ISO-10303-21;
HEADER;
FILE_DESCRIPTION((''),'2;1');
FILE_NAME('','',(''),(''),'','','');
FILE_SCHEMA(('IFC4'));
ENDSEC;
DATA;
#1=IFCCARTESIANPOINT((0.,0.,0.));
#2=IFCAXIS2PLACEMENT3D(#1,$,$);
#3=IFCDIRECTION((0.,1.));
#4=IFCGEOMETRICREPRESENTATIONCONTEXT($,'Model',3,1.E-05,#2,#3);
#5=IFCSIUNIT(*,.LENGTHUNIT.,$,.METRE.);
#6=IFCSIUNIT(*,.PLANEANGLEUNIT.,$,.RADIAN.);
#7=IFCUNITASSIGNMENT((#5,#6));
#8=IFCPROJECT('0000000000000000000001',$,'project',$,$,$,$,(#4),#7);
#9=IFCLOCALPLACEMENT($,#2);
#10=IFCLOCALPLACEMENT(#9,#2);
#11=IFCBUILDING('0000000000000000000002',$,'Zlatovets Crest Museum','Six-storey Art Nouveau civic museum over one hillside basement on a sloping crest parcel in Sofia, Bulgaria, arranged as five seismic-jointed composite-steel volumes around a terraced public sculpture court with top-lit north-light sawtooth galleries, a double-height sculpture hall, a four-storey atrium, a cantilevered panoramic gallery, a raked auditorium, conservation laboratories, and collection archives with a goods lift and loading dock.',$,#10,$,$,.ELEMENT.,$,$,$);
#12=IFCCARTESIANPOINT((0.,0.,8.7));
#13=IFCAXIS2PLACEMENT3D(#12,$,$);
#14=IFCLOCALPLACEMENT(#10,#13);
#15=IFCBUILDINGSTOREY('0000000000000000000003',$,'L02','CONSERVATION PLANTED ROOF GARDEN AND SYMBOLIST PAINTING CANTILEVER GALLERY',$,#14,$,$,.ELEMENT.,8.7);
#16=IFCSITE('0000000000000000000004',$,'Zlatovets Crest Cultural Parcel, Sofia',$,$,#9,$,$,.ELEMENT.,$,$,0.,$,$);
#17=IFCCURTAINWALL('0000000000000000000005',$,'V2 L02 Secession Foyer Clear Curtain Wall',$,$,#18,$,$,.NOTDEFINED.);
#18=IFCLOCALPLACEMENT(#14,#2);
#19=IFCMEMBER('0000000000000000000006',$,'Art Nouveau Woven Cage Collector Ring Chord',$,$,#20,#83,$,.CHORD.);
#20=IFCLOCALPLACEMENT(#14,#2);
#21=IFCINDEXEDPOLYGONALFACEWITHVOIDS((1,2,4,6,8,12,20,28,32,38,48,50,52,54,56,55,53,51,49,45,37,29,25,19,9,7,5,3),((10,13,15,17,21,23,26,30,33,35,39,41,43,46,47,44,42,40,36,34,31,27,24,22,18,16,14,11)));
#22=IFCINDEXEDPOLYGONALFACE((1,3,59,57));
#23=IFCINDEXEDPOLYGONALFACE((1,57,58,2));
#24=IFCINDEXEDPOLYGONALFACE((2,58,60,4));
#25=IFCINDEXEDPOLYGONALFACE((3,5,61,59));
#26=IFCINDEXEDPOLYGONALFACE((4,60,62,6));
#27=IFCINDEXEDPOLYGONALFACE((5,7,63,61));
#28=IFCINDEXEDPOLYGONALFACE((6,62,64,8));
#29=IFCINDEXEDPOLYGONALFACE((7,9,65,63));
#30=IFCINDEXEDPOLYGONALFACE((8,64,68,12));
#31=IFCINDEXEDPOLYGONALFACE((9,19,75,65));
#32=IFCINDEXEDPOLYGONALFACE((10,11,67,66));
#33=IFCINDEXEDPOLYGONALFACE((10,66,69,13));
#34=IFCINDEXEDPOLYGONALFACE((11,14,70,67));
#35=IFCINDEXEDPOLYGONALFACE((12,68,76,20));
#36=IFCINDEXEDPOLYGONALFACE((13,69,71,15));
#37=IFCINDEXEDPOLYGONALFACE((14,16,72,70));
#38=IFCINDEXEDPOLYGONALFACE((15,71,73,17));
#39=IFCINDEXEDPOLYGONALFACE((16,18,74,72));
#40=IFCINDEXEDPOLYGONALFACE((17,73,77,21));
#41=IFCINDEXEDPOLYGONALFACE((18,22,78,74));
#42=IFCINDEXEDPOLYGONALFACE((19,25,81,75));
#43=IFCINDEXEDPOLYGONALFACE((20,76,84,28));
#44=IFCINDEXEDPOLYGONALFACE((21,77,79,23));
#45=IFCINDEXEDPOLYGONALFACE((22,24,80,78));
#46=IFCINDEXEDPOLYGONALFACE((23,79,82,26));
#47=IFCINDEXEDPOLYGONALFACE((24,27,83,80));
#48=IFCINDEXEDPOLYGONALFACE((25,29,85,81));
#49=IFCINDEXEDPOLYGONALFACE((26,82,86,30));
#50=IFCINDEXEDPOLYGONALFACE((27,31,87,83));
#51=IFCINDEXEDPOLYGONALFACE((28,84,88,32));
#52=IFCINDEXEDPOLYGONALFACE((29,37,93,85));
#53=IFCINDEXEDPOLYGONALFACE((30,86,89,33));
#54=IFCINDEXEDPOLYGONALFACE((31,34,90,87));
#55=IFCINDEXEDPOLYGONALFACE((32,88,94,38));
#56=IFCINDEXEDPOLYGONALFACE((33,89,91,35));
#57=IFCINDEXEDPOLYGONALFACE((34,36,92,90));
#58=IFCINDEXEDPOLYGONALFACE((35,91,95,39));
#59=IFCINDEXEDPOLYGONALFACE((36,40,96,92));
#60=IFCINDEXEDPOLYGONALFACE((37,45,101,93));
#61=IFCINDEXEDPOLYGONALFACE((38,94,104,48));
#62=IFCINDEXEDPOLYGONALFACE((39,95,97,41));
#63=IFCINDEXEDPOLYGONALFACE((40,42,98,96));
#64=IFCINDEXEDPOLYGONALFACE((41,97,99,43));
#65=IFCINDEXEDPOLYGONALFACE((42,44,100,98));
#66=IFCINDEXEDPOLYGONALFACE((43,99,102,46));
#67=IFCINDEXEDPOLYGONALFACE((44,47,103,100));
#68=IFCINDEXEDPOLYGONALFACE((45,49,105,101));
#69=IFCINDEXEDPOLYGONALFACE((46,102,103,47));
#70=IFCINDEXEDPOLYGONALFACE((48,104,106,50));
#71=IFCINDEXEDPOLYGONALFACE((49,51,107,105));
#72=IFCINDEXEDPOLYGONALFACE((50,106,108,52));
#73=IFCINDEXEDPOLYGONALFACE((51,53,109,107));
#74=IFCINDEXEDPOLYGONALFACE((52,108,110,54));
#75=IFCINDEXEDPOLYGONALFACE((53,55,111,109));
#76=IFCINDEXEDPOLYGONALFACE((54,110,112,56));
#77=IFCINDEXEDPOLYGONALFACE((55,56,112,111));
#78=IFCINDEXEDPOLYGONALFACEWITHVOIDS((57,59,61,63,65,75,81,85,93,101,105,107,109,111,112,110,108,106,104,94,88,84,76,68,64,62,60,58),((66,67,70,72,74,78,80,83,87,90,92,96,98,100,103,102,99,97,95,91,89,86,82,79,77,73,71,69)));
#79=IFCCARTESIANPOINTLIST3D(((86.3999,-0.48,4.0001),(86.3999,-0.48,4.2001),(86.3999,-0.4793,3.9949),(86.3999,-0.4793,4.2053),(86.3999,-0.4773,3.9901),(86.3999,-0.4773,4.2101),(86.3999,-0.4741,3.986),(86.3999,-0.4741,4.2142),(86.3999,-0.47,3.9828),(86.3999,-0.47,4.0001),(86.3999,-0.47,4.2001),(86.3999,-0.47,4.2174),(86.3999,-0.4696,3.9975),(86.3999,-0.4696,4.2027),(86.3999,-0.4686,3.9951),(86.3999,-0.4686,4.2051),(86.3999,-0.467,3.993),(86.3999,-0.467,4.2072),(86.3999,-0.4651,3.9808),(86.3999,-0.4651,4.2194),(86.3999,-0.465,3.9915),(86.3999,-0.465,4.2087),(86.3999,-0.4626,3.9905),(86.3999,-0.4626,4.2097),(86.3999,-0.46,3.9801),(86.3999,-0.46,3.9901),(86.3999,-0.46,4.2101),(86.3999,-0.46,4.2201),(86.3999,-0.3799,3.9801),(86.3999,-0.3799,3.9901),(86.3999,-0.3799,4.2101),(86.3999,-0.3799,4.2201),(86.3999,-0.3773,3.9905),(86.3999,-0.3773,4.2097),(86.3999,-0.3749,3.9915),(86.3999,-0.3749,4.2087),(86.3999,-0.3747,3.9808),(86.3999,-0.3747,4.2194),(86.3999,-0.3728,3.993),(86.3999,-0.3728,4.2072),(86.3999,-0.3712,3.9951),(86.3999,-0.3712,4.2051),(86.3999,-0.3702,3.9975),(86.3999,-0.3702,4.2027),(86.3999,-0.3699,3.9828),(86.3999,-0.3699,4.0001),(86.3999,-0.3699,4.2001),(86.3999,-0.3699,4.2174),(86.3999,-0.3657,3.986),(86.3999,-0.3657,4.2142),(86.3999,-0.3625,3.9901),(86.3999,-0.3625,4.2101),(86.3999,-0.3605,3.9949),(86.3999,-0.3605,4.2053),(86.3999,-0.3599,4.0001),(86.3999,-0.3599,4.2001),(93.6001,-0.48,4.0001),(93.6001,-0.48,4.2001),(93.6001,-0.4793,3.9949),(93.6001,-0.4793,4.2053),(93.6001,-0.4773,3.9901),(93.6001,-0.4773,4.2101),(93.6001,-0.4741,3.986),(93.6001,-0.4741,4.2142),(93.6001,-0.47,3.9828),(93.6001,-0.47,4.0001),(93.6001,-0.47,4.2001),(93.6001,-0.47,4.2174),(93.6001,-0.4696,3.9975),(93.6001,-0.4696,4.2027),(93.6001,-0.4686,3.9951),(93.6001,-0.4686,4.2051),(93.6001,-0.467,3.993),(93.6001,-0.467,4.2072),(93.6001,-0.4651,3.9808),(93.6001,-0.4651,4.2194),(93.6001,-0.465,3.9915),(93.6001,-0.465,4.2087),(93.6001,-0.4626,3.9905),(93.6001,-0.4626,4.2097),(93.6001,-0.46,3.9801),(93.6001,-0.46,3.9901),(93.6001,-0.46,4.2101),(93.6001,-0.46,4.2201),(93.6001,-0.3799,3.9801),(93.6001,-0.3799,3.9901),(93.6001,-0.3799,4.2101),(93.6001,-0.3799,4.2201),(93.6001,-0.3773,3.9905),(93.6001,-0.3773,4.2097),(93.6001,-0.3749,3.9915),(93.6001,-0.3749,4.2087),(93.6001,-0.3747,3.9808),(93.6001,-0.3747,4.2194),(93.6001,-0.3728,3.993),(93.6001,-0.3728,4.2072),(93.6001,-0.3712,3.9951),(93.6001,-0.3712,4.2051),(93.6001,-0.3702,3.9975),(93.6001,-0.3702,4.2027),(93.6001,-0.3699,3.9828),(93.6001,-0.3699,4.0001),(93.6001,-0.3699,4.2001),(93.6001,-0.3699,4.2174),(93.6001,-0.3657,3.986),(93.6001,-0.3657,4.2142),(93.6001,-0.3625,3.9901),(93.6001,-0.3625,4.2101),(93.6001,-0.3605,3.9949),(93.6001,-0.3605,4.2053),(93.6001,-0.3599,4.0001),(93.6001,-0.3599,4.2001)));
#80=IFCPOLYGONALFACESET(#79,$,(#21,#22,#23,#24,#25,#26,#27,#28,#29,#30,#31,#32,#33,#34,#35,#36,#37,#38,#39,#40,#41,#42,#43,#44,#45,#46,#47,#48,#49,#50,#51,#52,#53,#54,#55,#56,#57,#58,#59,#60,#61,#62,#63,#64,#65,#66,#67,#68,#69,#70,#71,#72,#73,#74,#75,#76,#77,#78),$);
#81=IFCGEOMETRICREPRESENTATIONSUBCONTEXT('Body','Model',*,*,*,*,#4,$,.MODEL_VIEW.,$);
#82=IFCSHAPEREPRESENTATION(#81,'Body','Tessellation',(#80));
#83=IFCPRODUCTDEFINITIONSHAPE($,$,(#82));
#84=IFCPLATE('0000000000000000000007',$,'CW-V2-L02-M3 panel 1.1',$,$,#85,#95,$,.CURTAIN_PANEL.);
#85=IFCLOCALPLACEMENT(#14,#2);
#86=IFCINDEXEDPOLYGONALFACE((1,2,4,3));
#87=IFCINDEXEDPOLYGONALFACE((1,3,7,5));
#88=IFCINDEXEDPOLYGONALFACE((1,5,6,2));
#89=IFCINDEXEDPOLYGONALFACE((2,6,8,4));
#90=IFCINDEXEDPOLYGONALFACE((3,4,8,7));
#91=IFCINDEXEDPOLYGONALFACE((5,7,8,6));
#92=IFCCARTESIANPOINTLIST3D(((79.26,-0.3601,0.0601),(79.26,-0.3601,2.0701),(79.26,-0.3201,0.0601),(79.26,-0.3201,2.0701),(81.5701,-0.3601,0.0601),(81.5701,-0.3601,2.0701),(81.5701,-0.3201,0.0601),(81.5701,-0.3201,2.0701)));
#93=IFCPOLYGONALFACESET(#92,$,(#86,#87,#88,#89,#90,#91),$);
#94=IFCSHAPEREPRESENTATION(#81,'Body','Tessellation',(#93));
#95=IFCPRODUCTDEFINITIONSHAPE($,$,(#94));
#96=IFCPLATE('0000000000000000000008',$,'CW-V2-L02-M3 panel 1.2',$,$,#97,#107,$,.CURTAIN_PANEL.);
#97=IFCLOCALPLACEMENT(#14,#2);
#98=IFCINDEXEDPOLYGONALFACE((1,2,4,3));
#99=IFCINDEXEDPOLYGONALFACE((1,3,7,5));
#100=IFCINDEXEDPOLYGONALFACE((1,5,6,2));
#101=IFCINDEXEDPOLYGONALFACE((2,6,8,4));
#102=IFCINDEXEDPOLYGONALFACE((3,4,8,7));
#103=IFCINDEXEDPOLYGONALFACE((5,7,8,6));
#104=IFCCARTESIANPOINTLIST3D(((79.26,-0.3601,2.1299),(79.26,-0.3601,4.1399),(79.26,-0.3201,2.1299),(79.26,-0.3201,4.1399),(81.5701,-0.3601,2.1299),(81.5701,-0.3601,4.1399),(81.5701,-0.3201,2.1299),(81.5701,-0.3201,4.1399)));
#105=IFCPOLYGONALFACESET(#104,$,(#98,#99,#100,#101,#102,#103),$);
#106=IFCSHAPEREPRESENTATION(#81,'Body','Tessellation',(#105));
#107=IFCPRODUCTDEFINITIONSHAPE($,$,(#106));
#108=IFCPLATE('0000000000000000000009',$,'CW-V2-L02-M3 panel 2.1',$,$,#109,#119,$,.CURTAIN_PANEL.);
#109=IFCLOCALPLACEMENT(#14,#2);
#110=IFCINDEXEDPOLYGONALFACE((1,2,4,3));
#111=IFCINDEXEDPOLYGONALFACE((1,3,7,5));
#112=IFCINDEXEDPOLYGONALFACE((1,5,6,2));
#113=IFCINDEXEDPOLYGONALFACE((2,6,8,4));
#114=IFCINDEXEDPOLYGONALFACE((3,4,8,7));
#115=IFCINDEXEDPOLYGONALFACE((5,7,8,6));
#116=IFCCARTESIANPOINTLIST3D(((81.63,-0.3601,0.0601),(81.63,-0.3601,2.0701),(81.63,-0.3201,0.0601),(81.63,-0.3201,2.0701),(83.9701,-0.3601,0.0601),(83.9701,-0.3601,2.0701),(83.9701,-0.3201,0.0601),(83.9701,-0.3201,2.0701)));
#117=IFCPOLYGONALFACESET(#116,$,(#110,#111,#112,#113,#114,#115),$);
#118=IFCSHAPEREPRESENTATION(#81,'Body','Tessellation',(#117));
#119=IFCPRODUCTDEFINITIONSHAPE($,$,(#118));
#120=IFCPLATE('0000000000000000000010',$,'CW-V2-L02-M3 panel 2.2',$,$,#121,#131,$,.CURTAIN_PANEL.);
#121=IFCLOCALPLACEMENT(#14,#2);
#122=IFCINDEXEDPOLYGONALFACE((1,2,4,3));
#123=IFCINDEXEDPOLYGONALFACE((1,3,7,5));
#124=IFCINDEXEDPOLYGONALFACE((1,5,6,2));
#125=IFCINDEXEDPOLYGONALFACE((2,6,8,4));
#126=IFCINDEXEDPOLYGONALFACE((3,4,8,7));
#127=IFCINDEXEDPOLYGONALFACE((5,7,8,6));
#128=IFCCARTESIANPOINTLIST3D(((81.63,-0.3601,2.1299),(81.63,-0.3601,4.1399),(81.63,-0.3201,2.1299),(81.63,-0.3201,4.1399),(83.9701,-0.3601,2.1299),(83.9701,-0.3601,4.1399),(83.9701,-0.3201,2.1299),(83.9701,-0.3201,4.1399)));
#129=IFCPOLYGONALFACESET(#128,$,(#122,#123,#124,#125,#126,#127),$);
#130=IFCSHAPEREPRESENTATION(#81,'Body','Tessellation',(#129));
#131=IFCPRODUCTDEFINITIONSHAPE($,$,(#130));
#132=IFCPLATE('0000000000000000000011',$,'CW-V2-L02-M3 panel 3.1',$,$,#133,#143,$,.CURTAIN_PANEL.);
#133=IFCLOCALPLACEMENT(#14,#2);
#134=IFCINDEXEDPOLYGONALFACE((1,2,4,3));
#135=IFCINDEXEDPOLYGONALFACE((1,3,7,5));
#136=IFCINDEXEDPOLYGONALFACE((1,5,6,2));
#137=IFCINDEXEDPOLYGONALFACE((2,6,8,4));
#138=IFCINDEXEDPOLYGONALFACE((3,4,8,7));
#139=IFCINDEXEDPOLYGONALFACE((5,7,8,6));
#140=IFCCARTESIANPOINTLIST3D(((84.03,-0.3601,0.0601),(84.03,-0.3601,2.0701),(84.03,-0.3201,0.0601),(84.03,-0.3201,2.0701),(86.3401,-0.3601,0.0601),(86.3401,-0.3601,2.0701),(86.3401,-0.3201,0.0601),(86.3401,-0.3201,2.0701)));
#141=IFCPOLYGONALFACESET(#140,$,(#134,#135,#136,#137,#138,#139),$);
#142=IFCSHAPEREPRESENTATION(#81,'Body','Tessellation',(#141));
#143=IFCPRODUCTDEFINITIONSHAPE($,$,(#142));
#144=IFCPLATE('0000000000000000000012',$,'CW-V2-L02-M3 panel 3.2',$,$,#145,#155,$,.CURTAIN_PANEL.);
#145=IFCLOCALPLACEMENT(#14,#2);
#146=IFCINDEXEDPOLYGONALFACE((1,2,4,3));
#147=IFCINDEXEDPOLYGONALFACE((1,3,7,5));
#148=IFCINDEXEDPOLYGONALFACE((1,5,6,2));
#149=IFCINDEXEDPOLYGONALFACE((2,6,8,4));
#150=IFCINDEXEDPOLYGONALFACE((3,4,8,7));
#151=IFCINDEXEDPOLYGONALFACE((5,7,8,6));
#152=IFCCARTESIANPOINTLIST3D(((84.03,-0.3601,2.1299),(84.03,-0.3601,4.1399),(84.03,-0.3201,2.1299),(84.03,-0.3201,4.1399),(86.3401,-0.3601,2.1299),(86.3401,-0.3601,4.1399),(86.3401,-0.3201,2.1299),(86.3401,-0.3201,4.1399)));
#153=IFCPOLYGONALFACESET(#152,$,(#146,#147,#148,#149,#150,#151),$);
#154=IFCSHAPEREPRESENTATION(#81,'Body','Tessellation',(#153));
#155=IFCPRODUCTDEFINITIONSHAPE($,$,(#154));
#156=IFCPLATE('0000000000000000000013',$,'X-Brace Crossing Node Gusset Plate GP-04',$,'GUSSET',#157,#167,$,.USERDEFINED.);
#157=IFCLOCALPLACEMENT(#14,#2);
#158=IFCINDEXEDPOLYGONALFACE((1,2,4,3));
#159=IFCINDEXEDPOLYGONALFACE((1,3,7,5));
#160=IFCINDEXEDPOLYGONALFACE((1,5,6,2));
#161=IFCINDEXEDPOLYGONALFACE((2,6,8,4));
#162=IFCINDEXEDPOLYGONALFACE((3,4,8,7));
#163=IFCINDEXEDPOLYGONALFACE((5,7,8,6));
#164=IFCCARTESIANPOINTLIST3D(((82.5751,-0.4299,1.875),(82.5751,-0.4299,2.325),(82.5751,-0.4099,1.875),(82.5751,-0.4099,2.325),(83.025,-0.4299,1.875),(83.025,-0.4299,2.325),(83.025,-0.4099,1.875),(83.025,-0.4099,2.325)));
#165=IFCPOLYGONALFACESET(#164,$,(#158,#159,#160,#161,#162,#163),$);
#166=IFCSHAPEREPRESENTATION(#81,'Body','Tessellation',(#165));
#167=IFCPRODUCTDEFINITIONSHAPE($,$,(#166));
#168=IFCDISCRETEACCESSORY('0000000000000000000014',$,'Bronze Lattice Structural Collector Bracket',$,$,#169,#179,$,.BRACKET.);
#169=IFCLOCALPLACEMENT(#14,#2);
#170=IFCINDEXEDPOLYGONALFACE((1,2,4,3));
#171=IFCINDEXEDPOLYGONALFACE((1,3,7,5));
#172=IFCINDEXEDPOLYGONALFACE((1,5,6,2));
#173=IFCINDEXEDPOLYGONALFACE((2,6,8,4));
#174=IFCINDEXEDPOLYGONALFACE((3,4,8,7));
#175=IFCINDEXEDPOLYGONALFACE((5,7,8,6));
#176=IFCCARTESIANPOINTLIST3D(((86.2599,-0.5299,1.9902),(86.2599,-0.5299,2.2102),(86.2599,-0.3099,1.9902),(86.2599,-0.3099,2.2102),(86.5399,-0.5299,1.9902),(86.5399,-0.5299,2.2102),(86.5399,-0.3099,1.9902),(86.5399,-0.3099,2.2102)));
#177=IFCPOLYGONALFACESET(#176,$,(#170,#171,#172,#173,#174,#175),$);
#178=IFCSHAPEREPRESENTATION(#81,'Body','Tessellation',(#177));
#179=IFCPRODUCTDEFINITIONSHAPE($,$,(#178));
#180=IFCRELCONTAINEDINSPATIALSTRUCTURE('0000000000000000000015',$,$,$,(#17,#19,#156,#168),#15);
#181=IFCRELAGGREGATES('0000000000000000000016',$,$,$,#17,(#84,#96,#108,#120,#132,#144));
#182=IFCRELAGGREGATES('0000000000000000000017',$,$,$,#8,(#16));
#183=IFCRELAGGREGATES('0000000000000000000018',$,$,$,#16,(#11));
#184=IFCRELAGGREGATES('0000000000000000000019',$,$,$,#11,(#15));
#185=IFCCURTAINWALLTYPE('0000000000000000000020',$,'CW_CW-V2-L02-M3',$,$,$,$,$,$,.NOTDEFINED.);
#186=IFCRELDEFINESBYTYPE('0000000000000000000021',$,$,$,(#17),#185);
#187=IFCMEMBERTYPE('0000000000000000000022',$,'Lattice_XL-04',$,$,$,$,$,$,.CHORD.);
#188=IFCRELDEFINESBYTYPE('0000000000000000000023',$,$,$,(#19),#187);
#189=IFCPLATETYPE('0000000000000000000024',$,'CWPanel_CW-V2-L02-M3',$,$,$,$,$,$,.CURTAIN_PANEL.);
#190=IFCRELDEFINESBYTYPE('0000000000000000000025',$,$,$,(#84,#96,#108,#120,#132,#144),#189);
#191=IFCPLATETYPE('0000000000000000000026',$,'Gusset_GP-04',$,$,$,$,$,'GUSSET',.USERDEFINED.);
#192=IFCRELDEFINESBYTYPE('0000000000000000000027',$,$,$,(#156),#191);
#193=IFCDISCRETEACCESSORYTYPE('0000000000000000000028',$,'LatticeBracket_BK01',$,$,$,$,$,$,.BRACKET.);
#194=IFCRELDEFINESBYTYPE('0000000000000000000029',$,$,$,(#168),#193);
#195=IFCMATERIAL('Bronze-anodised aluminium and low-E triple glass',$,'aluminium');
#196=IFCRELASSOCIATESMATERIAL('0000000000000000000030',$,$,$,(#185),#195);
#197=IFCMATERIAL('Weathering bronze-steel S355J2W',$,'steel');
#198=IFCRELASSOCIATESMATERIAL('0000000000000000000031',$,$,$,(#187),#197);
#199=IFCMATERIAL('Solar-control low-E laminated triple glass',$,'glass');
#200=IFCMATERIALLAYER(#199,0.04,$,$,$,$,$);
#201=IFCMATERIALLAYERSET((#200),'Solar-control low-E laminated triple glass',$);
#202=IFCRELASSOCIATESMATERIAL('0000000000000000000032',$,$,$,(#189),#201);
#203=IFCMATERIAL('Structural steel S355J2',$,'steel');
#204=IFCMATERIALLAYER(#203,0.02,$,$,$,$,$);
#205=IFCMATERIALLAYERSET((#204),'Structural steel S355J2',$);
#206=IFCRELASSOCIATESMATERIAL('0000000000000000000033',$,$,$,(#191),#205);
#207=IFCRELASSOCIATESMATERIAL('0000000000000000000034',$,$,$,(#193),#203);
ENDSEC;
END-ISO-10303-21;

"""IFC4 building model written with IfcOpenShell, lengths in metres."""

from ifc_helpers import new_model, si_unit, direction, frame, origin, origin_2d, place, context, subcontext, project, spatial, rectangle, hollow_rectangle, extrude, material, layer, layer_set, material_profile, profile_set, type_object, element, aggregate, save


model = new_model("IFC4")

# Units and contexts
model_context = context("Model", 3, precision=1e-05, world=origin(), true_north=direction((0.0, 1.0)))
body_context = subcontext(model_context, "Body", "Model", "MODEL_VIEW")
ifc_project = project(units=[si_unit("LENGTHUNIT", "METRE"), si_unit("PLANEANGLEUNIT", "RADIAN")], contexts=[model_context])

# Site, building, storey
site_placement = place(None, origin())
site = spatial("IfcSite", under=ifc_project, at=site_placement, Name="Zlatovets Crest Cultural Parcel, Sofia", CompositionType="ELEMENT", RefElevation=0.0)
building_placement = place(site_placement, origin())
building = spatial("IfcBuilding", under=site, at=building_placement, Name="Zlatovets Crest Museum", Description="Six-storey Art Nouveau civic museum over one hillside basement on a sloping crest parcel in Sofia, Bulgaria, arranged as five seismic-jointed composite-steel volumes around a terraced public sculpture court with top-lit north-light sawtooth galleries, a double-height sculpture hall, a four-storey atrium, a cantilevered panoramic gallery, a raked auditorium, conservation laboratories, and collection archives with a goods lift and loading dock.", CompositionType="ELEMENT")
storey_placement = place(building_placement, frame((0.0, 0.0, 8.7)))
storey = spatial("IfcBuildingStorey", under=building, at=storey_placement, Name="L02", Description="CONSERVATION PLANTED ROOF GARDEN AND SYMBOLIST PAINTING CANTILEVER GALLERY", CompositionType="ELEMENT", Elevation=8.7)

# Shared definitions
ifc_material_1 = material(Name="Structural steel S355J2", Category="steel")

# Curtain wall
ifc_material_2 = material(Name="Bronze-anodised aluminium and low-E triple glass", Category="aluminium")
curtain_wall_type = type_object("IfcCurtainWallType", Name="CW_CW-V2-L02-M3", PredefinedType="NOTDEFINED", material=ifc_material_2)
curtain_wall_placement = place(storey_placement, origin())
curtain_wall = element("IfcCurtainWall", 1, at=curtain_wall_placement, inside=storey, type_object=curtain_wall_type, Name="V2 L02 Secession Foyer Clear Curtain Wall", PredefinedType="NOTDEFINED")

# Member
ifc_material_3 = material(Name="Weathering bronze-steel S355J2W", Category="steel")
ifc_material_profile_1 = material_profile(ifc_material_3, hollow_rectangle(XDim=0.1201, YDim=0.24, WallThickness=0.01, InnerFilletRadius=0.01, OuterFilletRadius=0.02, at=origin_2d()), Name="RHS 120x240x10.0")
ifc_profile_set_1 = profile_set([ifc_material_profile_1], Name="Weathering bronze-steel S355J2W")
member_type_1 = type_object("IfcMemberType", Name="Lattice_XL-04", PredefinedType="CHORD", material=ifc_profile_set_1)
member_1_placement = place(storey_placement, frame((86.3999, -0.4199, 4.1001), z_axis=(1.0, 0.0, 0.0), x_axis=(0.0, 1.0, 0.0)))
element("IfcMember", 2, at=member_1_placement, inside=storey, type_object=member_type_1, Name="Art Nouveau Woven Cage Collector Ring Chord", PredefinedType="CHORD", context=body_context, shape_type="SweptSolid", body=[
    extrude(hollow_rectangle(XDim=0.1201, YDim=0.24, WallThickness=0.01, InnerFilletRadius=0.01, OuterFilletRadius=0.02, at=origin_2d()), origin(), (0.0, 0.0, 1.0), 7.2002),
])

# Plates
ifc_material_4 = material(Name="Solar-control low-E laminated triple glass", Category="glass")
ifc_layer_1 = layer(ifc_material_4, 0.04)
ifc_layer_set_1 = layer_set([ifc_layer_1], Name="Solar-control low-E laminated triple glass")
plate_type_1 = type_object("IfcPlateType", Name="CWPanel_CW-V2-L02-M3", PredefinedType="CURTAIN_PANEL", material=ifc_layer_set_1)
plate_1_placement = place(storey_placement, frame((80.415, -0.3401, 0.0601), z_axis=(0.0, 0.0, 1.0), x_axis=(1.0, 0.0, 0.0)))
plate_1 = element("IfcPlate", 3, at=plate_1_placement, type_object=plate_type_1, Name="CW-V2-L02-M3 panel 1.1", PredefinedType="CURTAIN_PANEL", context=body_context, shape_type="SweptSolid", body=[
    extrude(rectangle(XDim=2.3101, YDim=0.04, at=origin_2d()), origin(), (0.0, 0.0, 1.0), 2.01),
])
plate_2_placement = place(storey_placement, frame((80.415, -0.3401, 2.1299), z_axis=(0.0, 0.0, 1.0), x_axis=(1.0, 0.0, 0.0)))
plate_2 = element("IfcPlate", 4, at=plate_2_placement, type_object=plate_type_1, Name="CW-V2-L02-M3 panel 1.2", PredefinedType="CURTAIN_PANEL", context=body_context, shape_type="SweptSolid", body=[
    extrude(rectangle(XDim=2.3101, YDim=0.04, at=origin_2d()), origin(), (0.0, 0.0, 1.0), 2.01),
])
plate_3_placement = place(storey_placement, frame((82.8, -0.3401, 0.0601), z_axis=(0.0, 0.0, 1.0), x_axis=(1.0, 0.0, 0.0)))
plate_3 = element("IfcPlate", 5, at=plate_3_placement, type_object=plate_type_1, Name="CW-V2-L02-M3 panel 2.1", PredefinedType="CURTAIN_PANEL", context=body_context, shape_type="SweptSolid", body=[
    extrude(rectangle(XDim=2.3401, YDim=0.04, at=origin_2d()), origin(), (0.0, 0.0, 1.0), 2.01),
])
plate_4_placement = place(storey_placement, frame((82.8, -0.3401, 2.1299), z_axis=(0.0, 0.0, 1.0), x_axis=(1.0, 0.0, 0.0)))
plate_4 = element("IfcPlate", 6, at=plate_4_placement, type_object=plate_type_1, Name="CW-V2-L02-M3 panel 2.2", PredefinedType="CURTAIN_PANEL", context=body_context, shape_type="SweptSolid", body=[
    extrude(rectangle(XDim=2.3401, YDim=0.04, at=origin_2d()), origin(), (0.0, 0.0, 1.0), 2.01),
])
plate_5_placement = place(storey_placement, frame((85.1851, -0.3401, 0.0601), z_axis=(0.0, 0.0, 1.0), x_axis=(1.0, 0.0, 0.0)))
plate_5 = element("IfcPlate", 7, at=plate_5_placement, type_object=plate_type_1, Name="CW-V2-L02-M3 panel 3.1", PredefinedType="CURTAIN_PANEL", context=body_context, shape_type="SweptSolid", body=[
    extrude(rectangle(XDim=2.3101, YDim=0.04, at=origin_2d()), origin(), (0.0, 0.0, 1.0), 2.01),
])
plate_6_placement = place(storey_placement, frame((85.1851, -0.3401, 2.1299), z_axis=(0.0, 0.0, 1.0), x_axis=(1.0, 0.0, 0.0)))
plate_6 = element("IfcPlate", 8, at=plate_6_placement, type_object=plate_type_1, Name="CW-V2-L02-M3 panel 3.2", PredefinedType="CURTAIN_PANEL", context=body_context, shape_type="SweptSolid", body=[
    extrude(rectangle(XDim=2.3101, YDim=0.04, at=origin_2d()), origin(), (0.0, 0.0, 1.0), 2.01),
])
aggregate(curtain_wall, [plate_1, plate_2, plate_3, plate_4, plate_5, plate_6])
ifc_layer_2 = layer(ifc_material_1, 0.02)
ifc_layer_set_2 = layer_set([ifc_layer_2], Name="Structural steel S355J2")
plate_type_2 = type_object("IfcPlateType", Name="Gusset_GP-04", ElementType="GUSSET", PredefinedType="USERDEFINED", material=ifc_layer_set_2)
plate_7_placement = place(storey_placement, frame((82.8, -0.4199, 1.875), z_axis=(0.0, 0.0, 1.0), x_axis=(1.0, 0.0, 0.0)))
element("IfcPlate", 9, at=plate_7_placement, inside=storey, type_object=plate_type_2, Name="X-Brace Crossing Node Gusset Plate GP-04", ObjectType="GUSSET", PredefinedType="USERDEFINED", context=body_context, shape_type="SweptSolid", body=[
    extrude(rectangle(XDim=0.45, YDim=0.02, at=origin_2d()), origin(), (0.0, 0.0, 1.0), 0.45),
])

# Discrete accessory
discrete_accessory_type = type_object("IfcDiscreteAccessoryType", Name="LatticeBracket_BK01", PredefinedType="BRACKET", material=ifc_material_1)
discrete_accessory_placement = place(storey_placement, frame((86.3999, -0.4199, 1.9902), z_axis=(0.0, 0.0, 1.0), x_axis=(1.0, 0.0, 0.0)))
element("IfcDiscreteAccessory", 10, at=discrete_accessory_placement, inside=storey, type_object=discrete_accessory_type, Name="Bronze Lattice Structural Collector Bracket", PredefinedType="BRACKET", context=body_context, shape_type="SweptSolid", body=[
    extrude(rectangle(XDim=0.28, YDim=0.22, at=origin_2d()), origin(), (0.0, 0.0, 1.0), 0.22),
])

save(model, "model.ifc")
